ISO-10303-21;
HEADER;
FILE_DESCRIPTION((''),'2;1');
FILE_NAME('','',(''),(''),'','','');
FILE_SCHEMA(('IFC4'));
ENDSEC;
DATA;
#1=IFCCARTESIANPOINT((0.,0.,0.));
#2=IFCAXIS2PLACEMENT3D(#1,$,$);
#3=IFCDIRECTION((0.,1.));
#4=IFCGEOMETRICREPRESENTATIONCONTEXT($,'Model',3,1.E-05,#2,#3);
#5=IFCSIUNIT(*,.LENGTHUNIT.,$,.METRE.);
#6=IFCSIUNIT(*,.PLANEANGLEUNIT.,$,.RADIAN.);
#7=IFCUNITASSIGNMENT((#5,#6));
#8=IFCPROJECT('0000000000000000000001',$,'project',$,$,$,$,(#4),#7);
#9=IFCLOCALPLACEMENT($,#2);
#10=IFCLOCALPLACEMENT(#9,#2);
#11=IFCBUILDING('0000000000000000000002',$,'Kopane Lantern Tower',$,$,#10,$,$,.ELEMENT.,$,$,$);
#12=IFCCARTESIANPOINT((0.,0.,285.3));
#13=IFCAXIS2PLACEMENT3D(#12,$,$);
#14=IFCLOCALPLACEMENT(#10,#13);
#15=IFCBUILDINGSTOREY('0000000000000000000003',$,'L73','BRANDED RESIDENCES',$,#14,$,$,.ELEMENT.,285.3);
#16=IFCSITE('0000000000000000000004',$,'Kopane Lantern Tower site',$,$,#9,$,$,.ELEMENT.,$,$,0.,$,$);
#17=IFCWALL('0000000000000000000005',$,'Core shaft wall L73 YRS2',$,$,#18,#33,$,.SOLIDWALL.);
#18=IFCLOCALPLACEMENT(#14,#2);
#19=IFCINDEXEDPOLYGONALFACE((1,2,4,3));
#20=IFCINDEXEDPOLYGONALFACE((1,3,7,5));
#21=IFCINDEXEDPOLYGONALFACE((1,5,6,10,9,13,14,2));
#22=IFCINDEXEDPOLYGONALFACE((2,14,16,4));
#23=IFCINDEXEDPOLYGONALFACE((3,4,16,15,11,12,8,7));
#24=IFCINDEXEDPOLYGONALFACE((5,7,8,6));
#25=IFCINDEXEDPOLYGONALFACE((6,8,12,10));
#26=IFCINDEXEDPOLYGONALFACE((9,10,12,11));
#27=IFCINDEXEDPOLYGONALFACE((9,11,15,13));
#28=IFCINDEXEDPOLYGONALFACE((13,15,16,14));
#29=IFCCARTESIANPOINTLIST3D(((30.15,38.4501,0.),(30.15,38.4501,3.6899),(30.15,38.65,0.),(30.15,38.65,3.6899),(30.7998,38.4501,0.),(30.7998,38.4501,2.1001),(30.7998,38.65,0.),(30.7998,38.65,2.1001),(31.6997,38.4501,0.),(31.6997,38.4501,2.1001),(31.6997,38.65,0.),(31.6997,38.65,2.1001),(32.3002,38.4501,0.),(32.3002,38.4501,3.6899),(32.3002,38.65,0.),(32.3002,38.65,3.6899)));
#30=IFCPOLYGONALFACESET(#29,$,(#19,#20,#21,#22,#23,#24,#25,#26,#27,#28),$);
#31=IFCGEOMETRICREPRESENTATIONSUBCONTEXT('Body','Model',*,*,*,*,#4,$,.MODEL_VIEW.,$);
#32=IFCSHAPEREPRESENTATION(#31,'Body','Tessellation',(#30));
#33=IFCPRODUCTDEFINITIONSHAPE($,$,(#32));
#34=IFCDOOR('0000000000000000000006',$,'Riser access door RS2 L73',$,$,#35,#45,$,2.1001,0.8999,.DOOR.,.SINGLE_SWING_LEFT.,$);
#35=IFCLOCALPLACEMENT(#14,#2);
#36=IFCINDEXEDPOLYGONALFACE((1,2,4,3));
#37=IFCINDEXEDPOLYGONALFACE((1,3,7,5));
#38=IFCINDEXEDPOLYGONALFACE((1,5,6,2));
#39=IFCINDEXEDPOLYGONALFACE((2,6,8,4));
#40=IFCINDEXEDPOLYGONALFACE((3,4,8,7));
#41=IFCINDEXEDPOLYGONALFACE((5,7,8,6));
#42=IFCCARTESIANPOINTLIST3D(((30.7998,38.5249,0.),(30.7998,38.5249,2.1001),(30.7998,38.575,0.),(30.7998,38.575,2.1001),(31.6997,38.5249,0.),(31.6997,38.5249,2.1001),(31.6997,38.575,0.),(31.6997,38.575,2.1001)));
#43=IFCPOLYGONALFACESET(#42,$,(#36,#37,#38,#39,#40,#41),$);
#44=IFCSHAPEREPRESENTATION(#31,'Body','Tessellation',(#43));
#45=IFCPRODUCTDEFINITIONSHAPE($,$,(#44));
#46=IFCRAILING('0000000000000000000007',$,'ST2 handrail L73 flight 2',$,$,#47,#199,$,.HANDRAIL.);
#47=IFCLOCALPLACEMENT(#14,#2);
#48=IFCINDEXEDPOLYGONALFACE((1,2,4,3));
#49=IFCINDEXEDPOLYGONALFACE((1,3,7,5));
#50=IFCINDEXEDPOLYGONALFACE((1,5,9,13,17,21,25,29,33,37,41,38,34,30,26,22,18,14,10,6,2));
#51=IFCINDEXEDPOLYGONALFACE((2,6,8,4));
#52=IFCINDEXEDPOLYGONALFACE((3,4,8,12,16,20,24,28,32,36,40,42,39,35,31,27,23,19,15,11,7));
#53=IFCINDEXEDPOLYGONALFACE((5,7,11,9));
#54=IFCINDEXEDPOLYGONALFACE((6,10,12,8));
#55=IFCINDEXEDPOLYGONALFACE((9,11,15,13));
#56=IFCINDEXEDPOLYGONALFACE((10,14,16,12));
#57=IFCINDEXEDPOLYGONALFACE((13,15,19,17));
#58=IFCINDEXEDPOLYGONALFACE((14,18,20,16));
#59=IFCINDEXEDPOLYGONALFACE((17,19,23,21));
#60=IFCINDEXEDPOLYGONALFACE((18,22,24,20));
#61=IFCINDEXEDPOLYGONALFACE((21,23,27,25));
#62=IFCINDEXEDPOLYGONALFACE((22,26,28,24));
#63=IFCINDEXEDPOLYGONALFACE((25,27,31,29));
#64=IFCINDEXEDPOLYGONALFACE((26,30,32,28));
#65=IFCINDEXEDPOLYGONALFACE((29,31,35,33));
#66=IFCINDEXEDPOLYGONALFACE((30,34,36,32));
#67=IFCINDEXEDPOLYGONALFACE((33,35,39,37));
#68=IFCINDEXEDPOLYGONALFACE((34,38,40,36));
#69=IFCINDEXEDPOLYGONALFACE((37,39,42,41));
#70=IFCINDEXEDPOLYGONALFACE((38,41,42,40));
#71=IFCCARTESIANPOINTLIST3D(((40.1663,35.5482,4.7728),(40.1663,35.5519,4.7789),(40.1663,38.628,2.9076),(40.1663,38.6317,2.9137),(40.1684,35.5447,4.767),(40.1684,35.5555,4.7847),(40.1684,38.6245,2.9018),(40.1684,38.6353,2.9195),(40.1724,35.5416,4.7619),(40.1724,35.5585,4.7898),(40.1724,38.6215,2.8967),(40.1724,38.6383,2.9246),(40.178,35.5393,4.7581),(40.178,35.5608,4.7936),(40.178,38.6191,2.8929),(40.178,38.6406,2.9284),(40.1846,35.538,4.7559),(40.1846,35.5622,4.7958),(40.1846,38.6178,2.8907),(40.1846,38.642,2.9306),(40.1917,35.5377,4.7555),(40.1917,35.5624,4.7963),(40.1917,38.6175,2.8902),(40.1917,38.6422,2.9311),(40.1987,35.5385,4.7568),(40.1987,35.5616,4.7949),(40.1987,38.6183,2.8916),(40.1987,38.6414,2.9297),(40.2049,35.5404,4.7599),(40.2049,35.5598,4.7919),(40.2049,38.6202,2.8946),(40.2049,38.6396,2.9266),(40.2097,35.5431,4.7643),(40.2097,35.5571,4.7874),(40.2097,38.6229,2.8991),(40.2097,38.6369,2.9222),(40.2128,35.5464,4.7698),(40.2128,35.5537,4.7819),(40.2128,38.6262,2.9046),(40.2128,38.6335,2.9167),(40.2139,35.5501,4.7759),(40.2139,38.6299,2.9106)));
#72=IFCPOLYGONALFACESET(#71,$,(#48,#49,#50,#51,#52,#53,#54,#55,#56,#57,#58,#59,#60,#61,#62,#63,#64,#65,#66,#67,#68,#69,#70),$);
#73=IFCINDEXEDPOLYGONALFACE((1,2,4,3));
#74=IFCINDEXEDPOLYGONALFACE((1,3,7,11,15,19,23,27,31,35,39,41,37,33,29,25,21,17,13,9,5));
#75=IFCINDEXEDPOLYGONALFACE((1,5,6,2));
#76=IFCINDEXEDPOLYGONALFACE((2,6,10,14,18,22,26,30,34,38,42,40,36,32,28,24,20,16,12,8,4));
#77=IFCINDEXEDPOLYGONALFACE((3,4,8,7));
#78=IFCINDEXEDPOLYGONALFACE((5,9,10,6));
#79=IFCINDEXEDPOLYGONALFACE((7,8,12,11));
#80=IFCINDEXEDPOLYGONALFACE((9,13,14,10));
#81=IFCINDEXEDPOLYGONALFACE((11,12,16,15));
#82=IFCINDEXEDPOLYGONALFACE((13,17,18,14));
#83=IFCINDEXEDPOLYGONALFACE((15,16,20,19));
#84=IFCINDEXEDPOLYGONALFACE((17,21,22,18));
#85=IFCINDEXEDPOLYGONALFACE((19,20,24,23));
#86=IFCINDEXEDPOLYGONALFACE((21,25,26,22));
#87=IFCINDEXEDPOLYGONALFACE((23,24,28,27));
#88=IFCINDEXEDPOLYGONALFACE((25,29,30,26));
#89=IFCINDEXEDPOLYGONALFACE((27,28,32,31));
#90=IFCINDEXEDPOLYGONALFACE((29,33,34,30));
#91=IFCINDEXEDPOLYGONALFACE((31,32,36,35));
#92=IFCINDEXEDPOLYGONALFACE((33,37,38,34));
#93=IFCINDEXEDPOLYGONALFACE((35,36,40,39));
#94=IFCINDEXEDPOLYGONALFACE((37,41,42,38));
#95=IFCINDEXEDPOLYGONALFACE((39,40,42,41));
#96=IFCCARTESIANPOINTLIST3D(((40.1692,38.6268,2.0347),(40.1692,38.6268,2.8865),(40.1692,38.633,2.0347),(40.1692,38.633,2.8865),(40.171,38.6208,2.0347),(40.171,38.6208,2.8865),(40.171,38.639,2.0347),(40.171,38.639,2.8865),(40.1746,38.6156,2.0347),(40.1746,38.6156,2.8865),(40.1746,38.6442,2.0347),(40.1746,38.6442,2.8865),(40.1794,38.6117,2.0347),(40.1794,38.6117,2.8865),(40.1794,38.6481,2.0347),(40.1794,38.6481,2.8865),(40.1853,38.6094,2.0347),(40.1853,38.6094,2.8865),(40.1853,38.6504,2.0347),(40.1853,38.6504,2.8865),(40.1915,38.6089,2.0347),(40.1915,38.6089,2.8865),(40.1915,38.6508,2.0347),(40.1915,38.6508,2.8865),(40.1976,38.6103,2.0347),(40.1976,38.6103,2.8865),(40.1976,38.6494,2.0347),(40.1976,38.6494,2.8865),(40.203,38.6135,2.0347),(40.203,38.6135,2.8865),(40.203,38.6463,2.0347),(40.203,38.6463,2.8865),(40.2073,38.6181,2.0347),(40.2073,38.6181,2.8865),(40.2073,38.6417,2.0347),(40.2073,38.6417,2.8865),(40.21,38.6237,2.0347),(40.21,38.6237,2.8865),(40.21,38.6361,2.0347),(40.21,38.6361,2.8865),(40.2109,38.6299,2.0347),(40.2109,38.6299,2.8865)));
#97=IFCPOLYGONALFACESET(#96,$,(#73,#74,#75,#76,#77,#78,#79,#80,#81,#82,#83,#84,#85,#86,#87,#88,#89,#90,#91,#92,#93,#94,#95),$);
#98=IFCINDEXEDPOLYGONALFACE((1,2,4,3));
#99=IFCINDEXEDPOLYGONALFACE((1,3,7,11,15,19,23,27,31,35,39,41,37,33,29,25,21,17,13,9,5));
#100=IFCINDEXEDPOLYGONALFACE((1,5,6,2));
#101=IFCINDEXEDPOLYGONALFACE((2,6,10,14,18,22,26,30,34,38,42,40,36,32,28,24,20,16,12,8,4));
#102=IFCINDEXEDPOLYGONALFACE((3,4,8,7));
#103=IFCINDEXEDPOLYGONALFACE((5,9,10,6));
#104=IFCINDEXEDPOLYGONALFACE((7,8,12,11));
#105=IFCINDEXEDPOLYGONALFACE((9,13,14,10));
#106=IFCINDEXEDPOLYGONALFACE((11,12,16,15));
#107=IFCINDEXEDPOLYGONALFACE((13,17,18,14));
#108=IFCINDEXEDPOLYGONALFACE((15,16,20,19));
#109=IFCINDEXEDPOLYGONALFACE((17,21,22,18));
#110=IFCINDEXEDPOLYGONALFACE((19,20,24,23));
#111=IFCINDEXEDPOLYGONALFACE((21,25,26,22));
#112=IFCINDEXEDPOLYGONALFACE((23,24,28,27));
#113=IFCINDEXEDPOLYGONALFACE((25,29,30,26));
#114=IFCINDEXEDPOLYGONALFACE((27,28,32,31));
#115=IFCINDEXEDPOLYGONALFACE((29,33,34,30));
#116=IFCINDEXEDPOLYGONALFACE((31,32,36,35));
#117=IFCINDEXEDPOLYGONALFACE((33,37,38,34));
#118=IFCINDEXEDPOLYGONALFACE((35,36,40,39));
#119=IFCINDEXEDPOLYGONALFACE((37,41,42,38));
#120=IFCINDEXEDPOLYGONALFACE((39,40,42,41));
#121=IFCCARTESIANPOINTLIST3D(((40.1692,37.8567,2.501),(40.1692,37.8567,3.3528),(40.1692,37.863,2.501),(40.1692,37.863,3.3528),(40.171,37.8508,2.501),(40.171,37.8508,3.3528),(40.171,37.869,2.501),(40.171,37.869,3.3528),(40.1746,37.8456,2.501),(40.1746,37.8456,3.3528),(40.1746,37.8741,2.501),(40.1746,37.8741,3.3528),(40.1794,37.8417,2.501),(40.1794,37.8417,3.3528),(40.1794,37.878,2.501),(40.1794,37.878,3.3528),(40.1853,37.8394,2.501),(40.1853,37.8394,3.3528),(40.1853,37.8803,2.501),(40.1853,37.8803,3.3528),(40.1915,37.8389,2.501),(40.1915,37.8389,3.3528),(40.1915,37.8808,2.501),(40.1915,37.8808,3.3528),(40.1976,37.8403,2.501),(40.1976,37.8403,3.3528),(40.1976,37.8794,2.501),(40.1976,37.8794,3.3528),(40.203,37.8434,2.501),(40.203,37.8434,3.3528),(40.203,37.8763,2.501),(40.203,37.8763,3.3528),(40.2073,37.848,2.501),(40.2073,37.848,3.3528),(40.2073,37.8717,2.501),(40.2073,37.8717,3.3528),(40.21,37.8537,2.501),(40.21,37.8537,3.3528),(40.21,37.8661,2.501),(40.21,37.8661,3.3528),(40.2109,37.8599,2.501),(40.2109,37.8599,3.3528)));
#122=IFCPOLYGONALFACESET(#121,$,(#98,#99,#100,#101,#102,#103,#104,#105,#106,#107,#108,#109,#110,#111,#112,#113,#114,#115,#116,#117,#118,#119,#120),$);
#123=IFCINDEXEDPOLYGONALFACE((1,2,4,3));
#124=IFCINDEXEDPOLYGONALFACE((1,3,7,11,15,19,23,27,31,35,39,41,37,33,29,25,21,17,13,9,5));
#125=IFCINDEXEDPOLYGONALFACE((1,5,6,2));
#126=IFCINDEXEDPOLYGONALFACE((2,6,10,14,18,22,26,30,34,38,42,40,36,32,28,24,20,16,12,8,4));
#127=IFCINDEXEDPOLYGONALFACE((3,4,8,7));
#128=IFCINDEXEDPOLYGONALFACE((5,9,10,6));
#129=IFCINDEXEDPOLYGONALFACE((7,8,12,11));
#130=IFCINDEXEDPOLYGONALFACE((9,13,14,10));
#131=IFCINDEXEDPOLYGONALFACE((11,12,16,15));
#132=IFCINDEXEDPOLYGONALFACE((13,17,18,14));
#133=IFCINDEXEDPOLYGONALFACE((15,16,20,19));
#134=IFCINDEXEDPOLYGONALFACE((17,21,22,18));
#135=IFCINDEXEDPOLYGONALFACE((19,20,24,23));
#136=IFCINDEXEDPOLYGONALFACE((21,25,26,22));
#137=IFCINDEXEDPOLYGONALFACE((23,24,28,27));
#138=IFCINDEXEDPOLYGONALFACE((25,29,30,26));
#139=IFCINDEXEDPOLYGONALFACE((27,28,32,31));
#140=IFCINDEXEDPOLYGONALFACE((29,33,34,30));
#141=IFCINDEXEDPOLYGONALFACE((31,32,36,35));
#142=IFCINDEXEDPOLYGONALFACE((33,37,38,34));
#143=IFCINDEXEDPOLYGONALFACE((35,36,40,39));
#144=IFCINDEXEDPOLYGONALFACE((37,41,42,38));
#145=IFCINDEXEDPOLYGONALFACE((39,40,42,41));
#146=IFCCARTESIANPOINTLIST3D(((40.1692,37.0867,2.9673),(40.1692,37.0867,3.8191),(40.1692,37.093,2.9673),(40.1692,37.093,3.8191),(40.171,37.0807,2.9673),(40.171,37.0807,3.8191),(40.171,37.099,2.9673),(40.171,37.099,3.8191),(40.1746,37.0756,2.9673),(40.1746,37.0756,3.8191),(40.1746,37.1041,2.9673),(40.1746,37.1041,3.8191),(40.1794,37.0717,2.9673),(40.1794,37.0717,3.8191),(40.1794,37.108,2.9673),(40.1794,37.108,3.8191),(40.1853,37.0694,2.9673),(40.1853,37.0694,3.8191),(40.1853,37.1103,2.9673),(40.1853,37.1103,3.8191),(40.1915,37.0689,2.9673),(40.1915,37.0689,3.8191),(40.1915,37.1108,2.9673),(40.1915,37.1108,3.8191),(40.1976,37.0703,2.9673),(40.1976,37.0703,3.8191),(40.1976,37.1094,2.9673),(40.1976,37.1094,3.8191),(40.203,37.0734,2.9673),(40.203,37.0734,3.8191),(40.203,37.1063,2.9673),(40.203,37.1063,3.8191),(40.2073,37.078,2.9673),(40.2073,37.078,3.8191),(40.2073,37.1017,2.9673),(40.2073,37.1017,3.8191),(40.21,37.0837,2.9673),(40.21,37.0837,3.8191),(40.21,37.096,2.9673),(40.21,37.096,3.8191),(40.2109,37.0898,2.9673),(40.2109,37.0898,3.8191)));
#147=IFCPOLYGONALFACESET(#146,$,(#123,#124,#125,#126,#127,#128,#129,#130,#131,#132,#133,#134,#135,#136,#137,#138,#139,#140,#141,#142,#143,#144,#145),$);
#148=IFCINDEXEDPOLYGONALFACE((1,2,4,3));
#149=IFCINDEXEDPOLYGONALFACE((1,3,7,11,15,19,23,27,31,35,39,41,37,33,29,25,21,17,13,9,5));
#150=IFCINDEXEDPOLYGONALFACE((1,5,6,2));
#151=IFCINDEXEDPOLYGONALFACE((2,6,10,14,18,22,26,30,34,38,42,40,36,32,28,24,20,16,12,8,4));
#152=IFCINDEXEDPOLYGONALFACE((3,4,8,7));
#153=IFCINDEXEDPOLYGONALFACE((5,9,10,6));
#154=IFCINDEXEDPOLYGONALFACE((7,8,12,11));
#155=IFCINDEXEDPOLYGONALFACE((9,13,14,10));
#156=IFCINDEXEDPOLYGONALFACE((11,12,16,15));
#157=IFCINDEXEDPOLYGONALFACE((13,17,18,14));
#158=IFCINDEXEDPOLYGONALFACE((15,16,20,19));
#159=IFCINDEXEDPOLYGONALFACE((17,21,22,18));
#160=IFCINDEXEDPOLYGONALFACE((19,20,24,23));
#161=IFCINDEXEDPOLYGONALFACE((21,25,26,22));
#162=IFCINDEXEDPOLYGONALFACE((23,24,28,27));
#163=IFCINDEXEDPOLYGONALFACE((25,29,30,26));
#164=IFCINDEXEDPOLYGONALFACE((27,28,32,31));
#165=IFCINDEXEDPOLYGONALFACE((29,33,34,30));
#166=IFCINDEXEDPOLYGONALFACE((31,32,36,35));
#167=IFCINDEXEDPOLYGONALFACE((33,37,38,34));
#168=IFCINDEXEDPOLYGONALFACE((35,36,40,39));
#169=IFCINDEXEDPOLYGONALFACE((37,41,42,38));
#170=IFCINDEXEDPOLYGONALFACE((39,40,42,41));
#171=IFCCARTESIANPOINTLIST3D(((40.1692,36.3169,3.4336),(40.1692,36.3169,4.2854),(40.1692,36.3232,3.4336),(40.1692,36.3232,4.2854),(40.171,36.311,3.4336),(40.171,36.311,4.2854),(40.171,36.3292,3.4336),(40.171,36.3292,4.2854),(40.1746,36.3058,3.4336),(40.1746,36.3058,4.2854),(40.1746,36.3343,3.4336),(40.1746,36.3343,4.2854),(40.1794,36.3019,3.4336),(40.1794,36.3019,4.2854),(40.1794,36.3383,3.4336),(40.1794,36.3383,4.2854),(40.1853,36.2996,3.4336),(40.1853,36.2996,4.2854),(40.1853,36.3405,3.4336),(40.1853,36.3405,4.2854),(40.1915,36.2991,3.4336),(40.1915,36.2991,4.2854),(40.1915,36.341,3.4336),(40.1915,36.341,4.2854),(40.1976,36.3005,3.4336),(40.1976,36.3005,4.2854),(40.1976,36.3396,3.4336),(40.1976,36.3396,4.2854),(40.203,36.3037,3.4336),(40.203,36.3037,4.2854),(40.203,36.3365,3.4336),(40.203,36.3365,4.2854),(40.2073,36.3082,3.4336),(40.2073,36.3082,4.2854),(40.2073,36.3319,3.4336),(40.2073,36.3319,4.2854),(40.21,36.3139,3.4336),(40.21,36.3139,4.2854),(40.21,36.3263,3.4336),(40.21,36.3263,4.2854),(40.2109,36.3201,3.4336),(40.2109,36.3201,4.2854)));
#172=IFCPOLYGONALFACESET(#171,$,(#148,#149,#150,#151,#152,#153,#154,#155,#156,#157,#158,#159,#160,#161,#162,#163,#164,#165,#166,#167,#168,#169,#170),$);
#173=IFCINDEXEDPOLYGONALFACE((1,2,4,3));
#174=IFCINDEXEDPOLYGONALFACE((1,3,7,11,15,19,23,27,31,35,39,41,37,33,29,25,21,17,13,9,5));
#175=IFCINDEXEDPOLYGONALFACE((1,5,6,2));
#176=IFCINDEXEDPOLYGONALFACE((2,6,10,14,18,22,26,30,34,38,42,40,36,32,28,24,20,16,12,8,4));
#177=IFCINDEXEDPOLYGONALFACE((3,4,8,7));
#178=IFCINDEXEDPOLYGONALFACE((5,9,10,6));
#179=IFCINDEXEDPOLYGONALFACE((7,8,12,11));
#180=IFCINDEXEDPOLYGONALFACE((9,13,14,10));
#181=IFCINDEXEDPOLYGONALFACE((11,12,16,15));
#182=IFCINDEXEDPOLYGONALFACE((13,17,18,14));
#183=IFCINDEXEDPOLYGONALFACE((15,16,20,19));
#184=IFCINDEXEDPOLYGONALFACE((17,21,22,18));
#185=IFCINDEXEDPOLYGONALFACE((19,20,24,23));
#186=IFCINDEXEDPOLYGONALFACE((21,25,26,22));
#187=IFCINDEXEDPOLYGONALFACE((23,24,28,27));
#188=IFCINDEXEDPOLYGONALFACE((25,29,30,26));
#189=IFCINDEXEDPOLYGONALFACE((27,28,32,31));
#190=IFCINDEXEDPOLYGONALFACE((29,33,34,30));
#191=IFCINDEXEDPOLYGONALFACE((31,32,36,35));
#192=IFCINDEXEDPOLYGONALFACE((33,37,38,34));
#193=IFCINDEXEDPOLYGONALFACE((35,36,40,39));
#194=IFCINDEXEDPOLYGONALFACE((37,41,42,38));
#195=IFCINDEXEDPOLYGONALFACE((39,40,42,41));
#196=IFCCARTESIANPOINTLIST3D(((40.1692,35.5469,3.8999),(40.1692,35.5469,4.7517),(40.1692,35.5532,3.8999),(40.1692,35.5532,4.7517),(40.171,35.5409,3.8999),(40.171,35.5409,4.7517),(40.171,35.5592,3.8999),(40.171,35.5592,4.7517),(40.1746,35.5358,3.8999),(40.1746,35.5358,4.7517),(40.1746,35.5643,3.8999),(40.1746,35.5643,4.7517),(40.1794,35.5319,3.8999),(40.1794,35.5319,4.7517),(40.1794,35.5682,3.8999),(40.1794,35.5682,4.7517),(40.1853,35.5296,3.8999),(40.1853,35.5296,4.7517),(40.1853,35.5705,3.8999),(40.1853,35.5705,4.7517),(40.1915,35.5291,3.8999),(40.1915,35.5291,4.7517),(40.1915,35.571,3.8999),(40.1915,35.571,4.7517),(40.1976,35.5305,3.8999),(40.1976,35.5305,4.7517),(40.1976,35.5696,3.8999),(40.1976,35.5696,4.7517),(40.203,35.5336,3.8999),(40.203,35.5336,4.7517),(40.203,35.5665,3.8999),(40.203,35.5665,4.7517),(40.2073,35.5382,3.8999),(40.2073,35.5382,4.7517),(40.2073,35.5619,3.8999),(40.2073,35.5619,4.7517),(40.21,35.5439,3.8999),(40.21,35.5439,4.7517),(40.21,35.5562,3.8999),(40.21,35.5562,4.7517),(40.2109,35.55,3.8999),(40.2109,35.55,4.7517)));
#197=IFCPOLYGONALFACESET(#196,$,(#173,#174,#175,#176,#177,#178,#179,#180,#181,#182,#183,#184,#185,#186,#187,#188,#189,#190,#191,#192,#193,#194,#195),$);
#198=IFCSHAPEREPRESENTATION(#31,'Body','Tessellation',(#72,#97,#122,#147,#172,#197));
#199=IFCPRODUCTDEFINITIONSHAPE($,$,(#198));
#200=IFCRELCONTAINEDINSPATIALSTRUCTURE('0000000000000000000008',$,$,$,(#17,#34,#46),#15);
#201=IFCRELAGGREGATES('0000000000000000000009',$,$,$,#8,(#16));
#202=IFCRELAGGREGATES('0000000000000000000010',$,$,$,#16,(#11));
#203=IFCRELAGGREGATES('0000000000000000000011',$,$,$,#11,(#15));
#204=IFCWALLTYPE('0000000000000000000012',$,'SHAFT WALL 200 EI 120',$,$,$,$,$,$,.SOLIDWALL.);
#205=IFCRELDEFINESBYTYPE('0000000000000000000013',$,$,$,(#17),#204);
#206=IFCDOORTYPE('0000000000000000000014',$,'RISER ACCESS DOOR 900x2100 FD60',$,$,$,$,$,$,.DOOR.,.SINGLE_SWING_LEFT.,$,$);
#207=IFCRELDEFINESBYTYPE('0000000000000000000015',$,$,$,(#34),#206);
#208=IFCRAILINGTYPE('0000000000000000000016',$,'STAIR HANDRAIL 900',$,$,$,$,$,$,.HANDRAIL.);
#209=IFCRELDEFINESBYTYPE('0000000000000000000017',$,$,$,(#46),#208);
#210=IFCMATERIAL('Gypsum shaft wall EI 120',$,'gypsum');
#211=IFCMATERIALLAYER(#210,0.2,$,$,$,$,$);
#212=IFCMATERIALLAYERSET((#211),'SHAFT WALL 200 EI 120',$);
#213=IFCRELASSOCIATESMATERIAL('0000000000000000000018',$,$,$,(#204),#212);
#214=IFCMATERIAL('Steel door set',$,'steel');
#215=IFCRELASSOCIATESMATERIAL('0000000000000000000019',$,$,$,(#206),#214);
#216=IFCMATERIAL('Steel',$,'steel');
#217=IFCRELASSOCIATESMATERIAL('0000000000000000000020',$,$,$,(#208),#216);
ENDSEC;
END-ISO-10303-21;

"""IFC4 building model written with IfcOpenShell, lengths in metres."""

from ifc_helpers import new_model, si_unit, direction, frame, frame_2d, origin, origin_2d, place, context, subcontext, project, spatial, rectangle, circle, extrude, material, layer, layer_set, type_object, element, fill, save


model = new_model("IFC4")

# Units and contexts
model_context = context("Model", 3, precision=1e-05, world=origin(), true_north=direction((0.0, 1.0)))
body_context = subcontext(model_context, "Body", "Model", "MODEL_VIEW")
ifc_project = project(units=[si_unit("LENGTHUNIT", "METRE"), si_unit("PLANEANGLEUNIT", "RADIAN")], contexts=[model_context])

# Site, building, storey
site_placement = place(None, origin())
site = spatial("IfcSite", under=ifc_project, at=site_placement, Name="Kopane Lantern Tower site", CompositionType="ELEMENT", RefElevation=0.0)
building_placement = place(site_placement, origin())
building = spatial("IfcBuilding", under=site, at=building_placement, Name="Kopane Lantern Tower", CompositionType="ELEMENT")
storey_placement = place(building_placement, frame((0.0, 0.0, 285.3)))
storey = spatial("IfcBuildingStorey", under=building, at=storey_placement, Name="L73", Description="BRANDED RESIDENCES", CompositionType="ELEMENT", Elevation=285.3)

# Shared definitions
ifc_material_1 = material(Name="Gypsum shaft wall EI 120", Category="gypsum")
ifc_layer_1 = layer(ifc_material_1, 0.2)
ifc_layer_set_1 = layer_set([ifc_layer_1], Name="SHAFT WALL 200 EI 120")
wall_type_1 = type_object("IfcWallType", Name="SHAFT WALL 200 EI 120", PredefinedType="SOLIDWALL", material=ifc_layer_set_1)

# Wall, opening, door
wall_1_placement = place(storey_placement, frame((30.1499, 38.55, 0.0), z_axis=(0.0, 0.0, 1.0), x_axis=(1.0, 0.0, 0.0)))
wall_1 = element("IfcWall", 1, at=wall_1_placement, inside=storey, type_object=wall_type_1, Name="Core shaft wall L73 YRS2", PredefinedType="SOLIDWALL", context=body_context, shape_type="SweptSolid", body=[
    extrude(rectangle(XDim=2.1501, YDim=0.2, at=frame_2d((1.0752, 0.0))), origin(), (0.0, 0.0, 1.0), 3.6899),
])
opening_1_placement = place(wall_1_placement, frame((0.6499, 0.0, 0.0)))
opening_1 = element("IfcOpeningElement", 2, at=opening_1_placement, cuts=wall_1, PredefinedType="OPENING", context=body_context, shape_type="SweptSolid", body=[
    extrude(rectangle(XDim=0.8999, YDim=2.1001, at=frame_2d((0.45, 1.05))), frame((0.0, 0.1099, 0.0), z_axis=(0.0, -1.0, 0.0), x_axis=(1.0, 0.0, 0.0)), (0.0, 0.0, 1.0), 0.22),
])
ifc_material_2 = material(Name="Steel door set", Category="steel")
door_type_1 = type_object("IfcDoorType", Name="RISER ACCESS DOOR 900x2100 FD60", OperationType="SINGLE_SWING_LEFT", PredefinedType="DOOR", material=ifc_material_2)
door_1_placement = place(opening_1_placement, origin())
door_1 = element("IfcDoor", 3, at=door_1_placement, inside=storey, type_object=door_type_1, Name="Riser access door RS2 L73", OperationType="SINGLE_SWING_LEFT", OverallHeight=2.1001, OverallWidth=0.8999, PredefinedType="DOOR", context=body_context, shape_type="SweptSolid", body=[
    extrude(rectangle(XDim=0.8999, YDim=2.1001, at=frame_2d((0.45, 1.05))), frame((0.0, 0.0249, 0.0), z_axis=(0.0, -1.0, 0.0), x_axis=(1.0, 0.0, 0.0)), (0.0, 0.0, 1.0), 0.05),
])
fill(opening_1, door_1)

# Railing
ifc_material_3 = material(Name="Steel", Category="steel")
railing_type = type_object("IfcRailingType", Name="STAIR HANDRAIL 900", PredefinedType="HANDRAIL", material=ifc_material_3)
for number, where, name in (
    (4, (40.1899, 38.6299, 2.0347), "ST2 handrail L73 flight 2"),
):
    element("IfcRailing", number, at=place(storey_placement, frame(where)), inside=storey, type_object=railing_type, Name=name, PredefinedType="HANDRAIL", context=body_context, shape_type="SweptSolid", body=[
        extrude(circle(Radius=0.0239, at=origin_2d()), frame((0.0, 0.0, 0.876), z_axis=(0.0, -0.855362, 0.518031), x_axis=(1.0, 0.0, 0.0)), (0.0, 0.0, 1.0), 3.6006),
        extrude(circle(Radius=0.021, at=origin_2d()), origin(), (0.0, 0.0, 1.0), 0.8518),
        extrude(circle(Radius=0.021, at=origin_2d()), frame((0.0, -0.77, 0.4663)), (0.0, 0.0, 1.0), 0.8518),
        extrude(circle(Radius=0.021, at=origin_2d()), frame((0.0, -1.54, 0.9326)), (0.0, 0.0, 1.0), 0.8518),
        extrude(circle(Radius=0.021, at=origin_2d()), frame((0.0, -2.3098, 1.3989)), (0.0, 0.0, 1.0), 0.8518),
        extrude(circle(Radius=0.021, at=origin_2d()), frame((0.0, -3.0798, 1.8652)), (0.0, 0.0, 1.0), 0.8518),
    ])

save(model, "model.ifc")
